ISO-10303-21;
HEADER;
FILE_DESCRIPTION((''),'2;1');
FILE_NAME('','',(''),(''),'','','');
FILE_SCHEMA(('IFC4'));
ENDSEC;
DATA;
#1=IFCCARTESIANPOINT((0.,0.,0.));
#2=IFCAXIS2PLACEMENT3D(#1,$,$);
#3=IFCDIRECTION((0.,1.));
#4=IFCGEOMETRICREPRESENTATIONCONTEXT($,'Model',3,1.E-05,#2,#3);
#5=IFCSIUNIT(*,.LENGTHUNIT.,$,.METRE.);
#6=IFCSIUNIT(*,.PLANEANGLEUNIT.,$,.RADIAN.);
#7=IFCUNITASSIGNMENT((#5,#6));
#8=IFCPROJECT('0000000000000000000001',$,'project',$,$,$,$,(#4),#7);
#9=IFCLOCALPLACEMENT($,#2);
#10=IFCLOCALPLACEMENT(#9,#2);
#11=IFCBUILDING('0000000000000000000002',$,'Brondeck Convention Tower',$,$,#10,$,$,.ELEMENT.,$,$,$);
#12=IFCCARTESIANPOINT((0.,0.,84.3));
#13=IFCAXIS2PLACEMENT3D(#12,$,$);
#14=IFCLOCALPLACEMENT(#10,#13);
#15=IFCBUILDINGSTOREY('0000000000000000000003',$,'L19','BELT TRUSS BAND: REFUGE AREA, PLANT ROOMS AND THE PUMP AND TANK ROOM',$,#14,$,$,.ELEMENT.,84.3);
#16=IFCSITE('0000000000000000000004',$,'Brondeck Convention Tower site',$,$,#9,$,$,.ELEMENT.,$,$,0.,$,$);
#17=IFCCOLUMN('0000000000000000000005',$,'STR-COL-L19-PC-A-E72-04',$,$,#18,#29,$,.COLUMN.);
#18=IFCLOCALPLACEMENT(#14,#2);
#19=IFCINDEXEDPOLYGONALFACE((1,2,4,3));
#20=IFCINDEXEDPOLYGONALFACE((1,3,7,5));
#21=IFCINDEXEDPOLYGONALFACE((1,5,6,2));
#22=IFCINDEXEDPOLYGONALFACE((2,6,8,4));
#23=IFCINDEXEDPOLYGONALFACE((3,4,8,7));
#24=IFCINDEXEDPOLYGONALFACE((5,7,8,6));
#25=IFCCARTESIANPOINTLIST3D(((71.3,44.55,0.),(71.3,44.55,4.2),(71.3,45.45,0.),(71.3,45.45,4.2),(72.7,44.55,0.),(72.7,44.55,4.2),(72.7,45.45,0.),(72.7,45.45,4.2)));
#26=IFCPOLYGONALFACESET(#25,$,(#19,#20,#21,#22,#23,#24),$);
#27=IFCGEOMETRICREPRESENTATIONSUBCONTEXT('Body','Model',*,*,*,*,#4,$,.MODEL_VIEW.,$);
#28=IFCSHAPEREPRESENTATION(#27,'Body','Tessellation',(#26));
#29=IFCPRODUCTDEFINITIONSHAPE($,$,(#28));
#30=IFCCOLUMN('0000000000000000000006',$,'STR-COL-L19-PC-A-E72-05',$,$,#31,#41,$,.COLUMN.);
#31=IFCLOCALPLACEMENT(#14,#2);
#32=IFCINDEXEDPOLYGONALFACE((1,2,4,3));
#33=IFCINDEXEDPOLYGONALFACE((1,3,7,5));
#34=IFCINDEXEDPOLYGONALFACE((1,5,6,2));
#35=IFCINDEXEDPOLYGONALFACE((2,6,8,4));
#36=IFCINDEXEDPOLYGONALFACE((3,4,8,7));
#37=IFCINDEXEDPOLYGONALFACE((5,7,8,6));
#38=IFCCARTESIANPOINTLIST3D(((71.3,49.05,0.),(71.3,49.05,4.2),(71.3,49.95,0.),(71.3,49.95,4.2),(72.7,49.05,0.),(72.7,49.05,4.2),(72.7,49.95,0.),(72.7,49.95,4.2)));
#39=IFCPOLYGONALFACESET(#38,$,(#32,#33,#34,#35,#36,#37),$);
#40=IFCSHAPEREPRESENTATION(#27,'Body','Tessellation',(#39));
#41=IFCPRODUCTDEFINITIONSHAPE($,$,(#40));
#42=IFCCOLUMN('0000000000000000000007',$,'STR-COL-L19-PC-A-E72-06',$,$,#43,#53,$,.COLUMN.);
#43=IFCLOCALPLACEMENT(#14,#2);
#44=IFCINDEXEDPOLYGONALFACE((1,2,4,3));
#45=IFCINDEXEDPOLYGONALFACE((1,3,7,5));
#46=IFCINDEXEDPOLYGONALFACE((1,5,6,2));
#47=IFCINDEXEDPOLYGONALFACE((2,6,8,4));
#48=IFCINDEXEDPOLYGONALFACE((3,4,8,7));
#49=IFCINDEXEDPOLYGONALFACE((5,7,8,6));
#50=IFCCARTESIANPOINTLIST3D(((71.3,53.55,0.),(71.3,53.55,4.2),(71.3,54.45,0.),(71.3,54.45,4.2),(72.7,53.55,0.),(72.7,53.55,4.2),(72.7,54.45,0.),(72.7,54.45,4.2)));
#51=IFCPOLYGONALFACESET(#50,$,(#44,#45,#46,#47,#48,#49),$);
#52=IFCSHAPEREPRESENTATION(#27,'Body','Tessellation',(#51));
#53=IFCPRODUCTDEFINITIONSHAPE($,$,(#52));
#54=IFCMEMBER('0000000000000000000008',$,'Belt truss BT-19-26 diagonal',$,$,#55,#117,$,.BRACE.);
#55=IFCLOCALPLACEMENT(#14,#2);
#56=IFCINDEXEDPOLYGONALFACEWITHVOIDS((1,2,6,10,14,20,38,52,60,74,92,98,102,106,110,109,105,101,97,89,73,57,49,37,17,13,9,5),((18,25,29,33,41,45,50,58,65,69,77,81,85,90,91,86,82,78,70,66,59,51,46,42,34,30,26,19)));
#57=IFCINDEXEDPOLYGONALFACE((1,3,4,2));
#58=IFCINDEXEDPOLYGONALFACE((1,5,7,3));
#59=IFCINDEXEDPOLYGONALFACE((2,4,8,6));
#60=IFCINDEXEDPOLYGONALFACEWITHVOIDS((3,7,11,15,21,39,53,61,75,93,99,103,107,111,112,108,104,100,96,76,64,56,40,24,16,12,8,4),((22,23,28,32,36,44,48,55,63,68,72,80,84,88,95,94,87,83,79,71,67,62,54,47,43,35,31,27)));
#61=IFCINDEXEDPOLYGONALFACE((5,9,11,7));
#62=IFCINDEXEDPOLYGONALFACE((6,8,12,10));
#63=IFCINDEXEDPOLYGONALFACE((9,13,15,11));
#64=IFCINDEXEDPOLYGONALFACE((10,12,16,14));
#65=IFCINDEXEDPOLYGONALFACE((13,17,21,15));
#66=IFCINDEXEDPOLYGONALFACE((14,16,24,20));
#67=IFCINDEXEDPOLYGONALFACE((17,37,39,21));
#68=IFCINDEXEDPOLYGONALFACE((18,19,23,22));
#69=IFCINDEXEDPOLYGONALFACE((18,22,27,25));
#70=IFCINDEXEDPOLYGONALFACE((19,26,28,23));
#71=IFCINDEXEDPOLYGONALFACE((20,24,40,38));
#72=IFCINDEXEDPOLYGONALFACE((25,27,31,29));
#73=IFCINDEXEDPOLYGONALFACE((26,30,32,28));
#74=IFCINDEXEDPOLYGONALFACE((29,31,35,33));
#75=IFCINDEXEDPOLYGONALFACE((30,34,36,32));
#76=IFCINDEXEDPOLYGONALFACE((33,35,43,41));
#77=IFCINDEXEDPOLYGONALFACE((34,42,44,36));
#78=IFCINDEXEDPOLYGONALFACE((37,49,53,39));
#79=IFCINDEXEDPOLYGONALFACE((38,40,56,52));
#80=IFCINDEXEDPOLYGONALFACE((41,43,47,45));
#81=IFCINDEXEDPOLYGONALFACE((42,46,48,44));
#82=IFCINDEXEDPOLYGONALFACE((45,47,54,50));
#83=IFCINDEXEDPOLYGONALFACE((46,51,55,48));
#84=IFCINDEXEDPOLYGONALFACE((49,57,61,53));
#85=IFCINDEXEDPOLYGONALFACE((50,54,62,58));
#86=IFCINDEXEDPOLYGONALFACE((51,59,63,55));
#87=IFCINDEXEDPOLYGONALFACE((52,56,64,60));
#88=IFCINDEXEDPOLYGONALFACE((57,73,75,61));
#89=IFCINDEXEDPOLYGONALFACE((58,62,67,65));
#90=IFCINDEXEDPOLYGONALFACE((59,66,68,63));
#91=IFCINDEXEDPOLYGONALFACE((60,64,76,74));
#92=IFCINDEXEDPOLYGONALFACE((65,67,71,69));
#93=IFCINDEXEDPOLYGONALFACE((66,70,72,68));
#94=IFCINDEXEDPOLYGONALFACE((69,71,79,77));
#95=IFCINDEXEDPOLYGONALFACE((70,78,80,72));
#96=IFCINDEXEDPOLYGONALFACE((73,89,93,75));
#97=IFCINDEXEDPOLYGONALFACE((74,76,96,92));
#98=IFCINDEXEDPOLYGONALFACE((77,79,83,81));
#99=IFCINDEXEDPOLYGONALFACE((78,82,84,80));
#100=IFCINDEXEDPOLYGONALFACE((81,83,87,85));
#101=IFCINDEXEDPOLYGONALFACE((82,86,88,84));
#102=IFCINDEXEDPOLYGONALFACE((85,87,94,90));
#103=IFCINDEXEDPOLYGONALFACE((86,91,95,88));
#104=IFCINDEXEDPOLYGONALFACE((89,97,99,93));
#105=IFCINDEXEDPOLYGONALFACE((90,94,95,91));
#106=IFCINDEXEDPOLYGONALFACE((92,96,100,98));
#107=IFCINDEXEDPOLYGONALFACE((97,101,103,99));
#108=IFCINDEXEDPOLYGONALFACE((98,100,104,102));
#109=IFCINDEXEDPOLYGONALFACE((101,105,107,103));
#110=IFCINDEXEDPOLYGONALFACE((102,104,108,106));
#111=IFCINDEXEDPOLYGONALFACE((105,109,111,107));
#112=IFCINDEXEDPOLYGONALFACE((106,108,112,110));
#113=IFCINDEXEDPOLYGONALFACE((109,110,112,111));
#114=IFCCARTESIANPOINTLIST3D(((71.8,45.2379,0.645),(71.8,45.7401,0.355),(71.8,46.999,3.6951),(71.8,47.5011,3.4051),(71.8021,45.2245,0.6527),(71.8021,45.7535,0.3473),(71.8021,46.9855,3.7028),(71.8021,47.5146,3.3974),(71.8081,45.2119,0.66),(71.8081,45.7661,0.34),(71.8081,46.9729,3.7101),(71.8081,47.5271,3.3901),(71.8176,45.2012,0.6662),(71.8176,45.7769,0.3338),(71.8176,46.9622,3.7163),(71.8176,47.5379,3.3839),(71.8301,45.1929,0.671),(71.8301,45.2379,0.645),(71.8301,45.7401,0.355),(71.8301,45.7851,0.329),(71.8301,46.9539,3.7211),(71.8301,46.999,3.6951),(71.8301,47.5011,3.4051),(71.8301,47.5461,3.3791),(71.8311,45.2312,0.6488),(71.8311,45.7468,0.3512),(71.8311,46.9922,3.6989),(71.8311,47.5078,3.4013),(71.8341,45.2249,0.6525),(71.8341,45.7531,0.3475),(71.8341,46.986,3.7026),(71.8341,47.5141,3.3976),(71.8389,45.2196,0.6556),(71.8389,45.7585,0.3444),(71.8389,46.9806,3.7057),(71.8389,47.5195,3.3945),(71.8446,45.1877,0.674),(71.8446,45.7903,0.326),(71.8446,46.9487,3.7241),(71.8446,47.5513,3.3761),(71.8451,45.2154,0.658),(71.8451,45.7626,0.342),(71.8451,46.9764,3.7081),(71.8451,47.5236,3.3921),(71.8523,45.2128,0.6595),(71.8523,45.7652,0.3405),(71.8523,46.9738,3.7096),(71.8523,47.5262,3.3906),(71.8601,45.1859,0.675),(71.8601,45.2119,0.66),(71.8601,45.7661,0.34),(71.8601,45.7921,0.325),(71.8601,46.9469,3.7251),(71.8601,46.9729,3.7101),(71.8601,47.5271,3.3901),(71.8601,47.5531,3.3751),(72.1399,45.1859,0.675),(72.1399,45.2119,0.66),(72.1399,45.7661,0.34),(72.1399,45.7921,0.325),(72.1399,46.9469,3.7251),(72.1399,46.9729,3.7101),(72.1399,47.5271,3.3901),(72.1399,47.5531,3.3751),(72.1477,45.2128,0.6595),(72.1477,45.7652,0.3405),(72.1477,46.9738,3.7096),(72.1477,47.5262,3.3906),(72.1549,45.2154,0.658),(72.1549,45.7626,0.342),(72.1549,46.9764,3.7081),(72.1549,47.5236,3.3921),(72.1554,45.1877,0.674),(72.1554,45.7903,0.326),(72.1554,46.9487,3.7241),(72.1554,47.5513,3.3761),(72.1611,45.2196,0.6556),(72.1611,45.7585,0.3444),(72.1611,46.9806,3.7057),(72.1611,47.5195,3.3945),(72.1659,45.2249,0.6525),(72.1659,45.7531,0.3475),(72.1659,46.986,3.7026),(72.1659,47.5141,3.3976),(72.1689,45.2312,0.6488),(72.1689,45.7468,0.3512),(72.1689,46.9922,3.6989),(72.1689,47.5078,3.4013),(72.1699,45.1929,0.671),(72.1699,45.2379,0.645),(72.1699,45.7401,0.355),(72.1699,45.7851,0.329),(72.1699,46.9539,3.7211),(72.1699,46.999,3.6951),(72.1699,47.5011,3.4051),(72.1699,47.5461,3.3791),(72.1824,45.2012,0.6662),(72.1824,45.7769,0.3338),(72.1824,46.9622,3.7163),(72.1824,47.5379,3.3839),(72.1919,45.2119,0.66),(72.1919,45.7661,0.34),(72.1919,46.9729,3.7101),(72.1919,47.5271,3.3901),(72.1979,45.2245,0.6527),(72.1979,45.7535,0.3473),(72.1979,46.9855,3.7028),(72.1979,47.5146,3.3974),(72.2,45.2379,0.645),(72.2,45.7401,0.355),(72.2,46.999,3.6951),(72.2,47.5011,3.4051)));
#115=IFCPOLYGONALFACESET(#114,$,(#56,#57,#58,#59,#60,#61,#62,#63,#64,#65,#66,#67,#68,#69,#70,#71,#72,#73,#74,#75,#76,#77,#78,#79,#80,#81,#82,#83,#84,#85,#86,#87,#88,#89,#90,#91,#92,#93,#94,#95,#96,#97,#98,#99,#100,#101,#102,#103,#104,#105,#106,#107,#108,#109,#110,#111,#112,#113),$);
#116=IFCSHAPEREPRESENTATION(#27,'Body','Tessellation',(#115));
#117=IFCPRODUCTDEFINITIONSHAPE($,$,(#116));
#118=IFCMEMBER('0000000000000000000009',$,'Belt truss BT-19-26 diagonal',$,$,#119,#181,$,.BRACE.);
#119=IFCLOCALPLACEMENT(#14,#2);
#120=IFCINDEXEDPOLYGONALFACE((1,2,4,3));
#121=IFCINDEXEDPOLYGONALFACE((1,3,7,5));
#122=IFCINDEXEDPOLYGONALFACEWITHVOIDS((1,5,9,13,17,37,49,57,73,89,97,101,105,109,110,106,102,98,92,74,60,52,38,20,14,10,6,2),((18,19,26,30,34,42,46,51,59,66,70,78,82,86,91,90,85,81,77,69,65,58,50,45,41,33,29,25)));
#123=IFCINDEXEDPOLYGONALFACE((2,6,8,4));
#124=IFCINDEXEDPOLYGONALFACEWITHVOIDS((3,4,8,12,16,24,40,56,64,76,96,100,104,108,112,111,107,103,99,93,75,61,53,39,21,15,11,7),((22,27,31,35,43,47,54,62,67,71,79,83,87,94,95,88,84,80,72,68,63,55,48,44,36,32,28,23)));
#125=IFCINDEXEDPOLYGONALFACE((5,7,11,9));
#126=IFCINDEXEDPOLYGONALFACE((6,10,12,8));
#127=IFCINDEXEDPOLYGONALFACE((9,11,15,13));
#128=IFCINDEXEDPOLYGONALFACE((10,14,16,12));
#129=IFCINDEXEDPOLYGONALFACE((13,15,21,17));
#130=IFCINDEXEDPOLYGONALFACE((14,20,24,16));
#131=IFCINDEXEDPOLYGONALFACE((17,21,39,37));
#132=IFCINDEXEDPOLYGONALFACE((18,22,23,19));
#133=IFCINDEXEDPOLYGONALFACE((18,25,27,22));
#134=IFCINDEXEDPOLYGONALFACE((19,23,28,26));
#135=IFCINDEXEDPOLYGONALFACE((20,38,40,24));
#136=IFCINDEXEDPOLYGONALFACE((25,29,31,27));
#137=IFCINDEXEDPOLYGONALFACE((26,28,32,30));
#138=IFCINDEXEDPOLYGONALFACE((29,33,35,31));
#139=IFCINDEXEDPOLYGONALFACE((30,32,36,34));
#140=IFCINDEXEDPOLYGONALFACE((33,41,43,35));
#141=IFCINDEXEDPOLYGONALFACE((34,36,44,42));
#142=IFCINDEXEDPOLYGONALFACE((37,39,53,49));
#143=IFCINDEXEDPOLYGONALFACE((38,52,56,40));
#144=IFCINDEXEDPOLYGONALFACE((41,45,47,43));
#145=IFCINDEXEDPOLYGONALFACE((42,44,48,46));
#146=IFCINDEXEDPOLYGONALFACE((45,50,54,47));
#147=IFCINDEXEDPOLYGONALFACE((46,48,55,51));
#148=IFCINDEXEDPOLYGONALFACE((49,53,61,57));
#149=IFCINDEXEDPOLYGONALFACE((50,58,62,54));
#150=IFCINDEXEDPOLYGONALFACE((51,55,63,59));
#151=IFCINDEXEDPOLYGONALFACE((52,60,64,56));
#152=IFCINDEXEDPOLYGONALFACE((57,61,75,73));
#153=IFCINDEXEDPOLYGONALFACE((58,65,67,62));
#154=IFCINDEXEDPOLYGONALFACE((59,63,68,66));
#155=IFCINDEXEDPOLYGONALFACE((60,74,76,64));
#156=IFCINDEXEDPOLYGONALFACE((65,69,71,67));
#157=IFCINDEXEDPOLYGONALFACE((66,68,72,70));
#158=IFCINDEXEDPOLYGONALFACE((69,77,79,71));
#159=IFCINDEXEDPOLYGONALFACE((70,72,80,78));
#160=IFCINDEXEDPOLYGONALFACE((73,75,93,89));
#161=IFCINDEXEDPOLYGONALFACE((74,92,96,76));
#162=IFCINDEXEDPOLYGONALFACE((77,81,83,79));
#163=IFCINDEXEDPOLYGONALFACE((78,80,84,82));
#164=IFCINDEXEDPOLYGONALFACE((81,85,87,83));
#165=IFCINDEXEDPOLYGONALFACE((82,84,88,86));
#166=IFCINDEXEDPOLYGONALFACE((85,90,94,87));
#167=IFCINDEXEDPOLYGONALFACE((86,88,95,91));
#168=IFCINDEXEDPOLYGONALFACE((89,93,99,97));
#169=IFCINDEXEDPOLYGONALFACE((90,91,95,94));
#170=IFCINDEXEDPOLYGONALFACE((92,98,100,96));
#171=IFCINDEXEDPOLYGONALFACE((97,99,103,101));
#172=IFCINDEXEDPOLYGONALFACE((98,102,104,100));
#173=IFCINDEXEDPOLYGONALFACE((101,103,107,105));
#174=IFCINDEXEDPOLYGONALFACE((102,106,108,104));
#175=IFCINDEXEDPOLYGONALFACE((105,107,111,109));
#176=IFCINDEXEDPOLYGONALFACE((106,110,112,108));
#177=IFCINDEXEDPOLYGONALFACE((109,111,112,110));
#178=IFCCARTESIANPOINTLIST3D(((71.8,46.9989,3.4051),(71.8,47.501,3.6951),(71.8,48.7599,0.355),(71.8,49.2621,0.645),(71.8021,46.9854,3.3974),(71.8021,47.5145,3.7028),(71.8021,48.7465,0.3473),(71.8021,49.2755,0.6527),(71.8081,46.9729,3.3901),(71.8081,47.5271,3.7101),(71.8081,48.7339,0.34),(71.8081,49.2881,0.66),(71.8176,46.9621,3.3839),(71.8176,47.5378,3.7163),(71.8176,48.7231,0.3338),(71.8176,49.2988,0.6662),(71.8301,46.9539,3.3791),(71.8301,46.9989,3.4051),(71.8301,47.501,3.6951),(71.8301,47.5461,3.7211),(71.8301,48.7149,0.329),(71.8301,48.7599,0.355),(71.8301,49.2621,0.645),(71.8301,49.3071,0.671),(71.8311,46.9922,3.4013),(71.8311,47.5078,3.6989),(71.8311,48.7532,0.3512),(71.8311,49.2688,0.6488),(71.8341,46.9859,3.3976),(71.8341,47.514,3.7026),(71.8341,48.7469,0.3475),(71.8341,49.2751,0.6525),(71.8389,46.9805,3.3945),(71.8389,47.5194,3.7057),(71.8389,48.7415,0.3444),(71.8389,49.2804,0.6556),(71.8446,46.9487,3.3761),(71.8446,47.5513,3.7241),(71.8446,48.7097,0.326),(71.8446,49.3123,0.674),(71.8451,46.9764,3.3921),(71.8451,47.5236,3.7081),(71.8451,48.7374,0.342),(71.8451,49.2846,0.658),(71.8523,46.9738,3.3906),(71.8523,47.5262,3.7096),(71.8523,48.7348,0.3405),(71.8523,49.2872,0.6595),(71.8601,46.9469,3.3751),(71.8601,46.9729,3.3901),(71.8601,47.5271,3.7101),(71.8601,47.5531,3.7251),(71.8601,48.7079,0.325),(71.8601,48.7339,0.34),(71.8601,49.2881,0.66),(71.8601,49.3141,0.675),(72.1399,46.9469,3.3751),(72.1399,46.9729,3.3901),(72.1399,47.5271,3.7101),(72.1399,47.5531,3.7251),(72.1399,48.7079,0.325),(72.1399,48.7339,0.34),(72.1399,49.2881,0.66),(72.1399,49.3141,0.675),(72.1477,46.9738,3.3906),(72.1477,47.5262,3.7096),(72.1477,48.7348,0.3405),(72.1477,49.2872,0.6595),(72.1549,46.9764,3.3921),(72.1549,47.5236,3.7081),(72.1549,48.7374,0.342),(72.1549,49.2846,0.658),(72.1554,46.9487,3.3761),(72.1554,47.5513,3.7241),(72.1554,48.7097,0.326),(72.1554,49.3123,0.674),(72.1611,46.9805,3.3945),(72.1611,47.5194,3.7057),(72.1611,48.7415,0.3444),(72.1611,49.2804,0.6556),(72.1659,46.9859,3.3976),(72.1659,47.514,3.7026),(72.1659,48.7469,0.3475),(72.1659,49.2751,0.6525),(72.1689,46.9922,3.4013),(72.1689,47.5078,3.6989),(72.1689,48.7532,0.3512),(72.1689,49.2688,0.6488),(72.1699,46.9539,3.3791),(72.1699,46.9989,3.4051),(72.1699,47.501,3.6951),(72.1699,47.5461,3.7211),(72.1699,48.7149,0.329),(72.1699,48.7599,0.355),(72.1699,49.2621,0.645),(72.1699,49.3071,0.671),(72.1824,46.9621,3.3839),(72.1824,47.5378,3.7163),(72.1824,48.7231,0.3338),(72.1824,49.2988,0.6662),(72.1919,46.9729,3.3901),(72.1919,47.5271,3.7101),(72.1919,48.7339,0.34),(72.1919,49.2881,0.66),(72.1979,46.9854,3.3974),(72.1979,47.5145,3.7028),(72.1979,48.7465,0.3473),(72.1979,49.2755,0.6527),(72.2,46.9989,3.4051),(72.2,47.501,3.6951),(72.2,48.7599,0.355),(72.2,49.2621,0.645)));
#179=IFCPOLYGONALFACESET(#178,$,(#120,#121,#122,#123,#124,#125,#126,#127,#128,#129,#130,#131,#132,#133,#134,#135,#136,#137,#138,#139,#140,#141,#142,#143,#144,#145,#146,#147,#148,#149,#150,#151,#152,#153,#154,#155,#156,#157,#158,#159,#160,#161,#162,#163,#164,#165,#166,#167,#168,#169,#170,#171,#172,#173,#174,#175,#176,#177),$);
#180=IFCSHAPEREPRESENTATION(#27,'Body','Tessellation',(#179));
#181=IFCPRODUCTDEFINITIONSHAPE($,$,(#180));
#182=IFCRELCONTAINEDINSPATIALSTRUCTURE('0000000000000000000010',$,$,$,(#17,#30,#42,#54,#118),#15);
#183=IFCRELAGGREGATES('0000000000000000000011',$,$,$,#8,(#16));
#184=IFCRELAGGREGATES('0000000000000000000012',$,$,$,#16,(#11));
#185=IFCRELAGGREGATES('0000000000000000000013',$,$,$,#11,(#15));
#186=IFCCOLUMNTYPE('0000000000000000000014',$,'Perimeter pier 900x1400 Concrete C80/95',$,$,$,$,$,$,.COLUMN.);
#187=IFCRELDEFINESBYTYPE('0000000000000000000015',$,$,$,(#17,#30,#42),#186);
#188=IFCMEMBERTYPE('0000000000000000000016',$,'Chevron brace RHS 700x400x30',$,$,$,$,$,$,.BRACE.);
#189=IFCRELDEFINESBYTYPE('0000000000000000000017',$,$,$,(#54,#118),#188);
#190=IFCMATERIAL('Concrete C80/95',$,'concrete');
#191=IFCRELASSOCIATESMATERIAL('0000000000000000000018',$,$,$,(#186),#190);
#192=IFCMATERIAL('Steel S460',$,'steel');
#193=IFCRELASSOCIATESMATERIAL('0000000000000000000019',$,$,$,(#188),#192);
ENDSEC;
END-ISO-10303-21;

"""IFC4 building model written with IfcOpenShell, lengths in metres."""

from ifc_helpers import new_model, si_unit, direction, frame, origin, origin_2d, place, context, subcontext, project, spatial, rectangle, hollow_rectangle, extrude, material, material_profile, profile_set, type_object, element, save


model = new_model("IFC4")

# Units and contexts
model_context = context("Model", 3, precision=1e-05, world=origin(), true_north=direction((0.0, 1.0)))
body_context = subcontext(model_context, "Body", "Model", "MODEL_VIEW")
ifc_project = project(units=[si_unit("LENGTHUNIT", "METRE"), si_unit("PLANEANGLEUNIT", "RADIAN")], contexts=[model_context])

# Site, building, storey
site_placement = place(None, origin())
site = spatial("IfcSite", under=ifc_project, at=site_placement, Name="Brondeck Convention Tower site", CompositionType="ELEMENT", RefElevation=0.0)
building_placement = place(site_placement, origin())
building = spatial("IfcBuilding", under=site, at=building_placement, Name="Brondeck Convention Tower", CompositionType="ELEMENT")
storey_placement = place(building_placement, frame((0.0, 0.0, 84.3)))
storey = spatial("IfcBuildingStorey", under=building, at=storey_placement, Name="L19", Description="BELT TRUSS BAND: REFUGE AREA, PLANT ROOMS AND THE PUMP AND TANK ROOM", CompositionType="ELEMENT", Elevation=84.3)

# Columns
ifc_material_1 = material(Name="Concrete C80/95", Category="concrete")
ifc_material_profile_1 = material_profile(ifc_material_1, rectangle(XDim=0.8999, YDim=1.3999, at=origin_2d()), Name="Perimeter pier 900x1400 Concrete C80/95")
ifc_profile_set_1 = profile_set([ifc_material_profile_1], Name="Concrete C80/95")
column_type = type_object("IfcColumnType", Name="Perimeter pier 900x1400 Concrete C80/95", PredefinedType="COLUMN", material=ifc_profile_set_1)
for number, where, z_axis, x_axis, name in (
    (1, (72.0, 45.0, 0.0), (0.0, 0.0, 1.0), (0.0, 1.0, 0.0), "STR-COL-L19-PC-A-E72-04"),
    (2, (72.0, 49.5, 0.0), (0.0, 0.0, 1.0), (0.0, 1.0, 0.0), "STR-COL-L19-PC-A-E72-05"),
    (3, (72.0, 54.0, 0.0), (0.0, 0.0, 1.0), (0.0, 1.0, 0.0), "STR-COL-L19-PC-A-E72-06"),
):
    element("IfcColumn", number, at=place(storey_placement, frame(where, z_axis=z_axis, x_axis=x_axis)), inside=storey, type_object=column_type, Name=name, PredefinedType="COLUMN", context=body_context, shape_type="SweptSolid", body=[
        extrude(rectangle(XDim=0.8999, YDim=1.3999, at=origin_2d()), origin(), (0.0, 0.0, 1.0), 4.2),
    ])

# Members
ifc_material_2 = material(Name="Steel S460", Category="steel")
ifc_material_profile_2 = material_profile(ifc_material_2, hollow_rectangle(XDim=0.3999, YDim=0.7, WallThickness=0.03, InnerFilletRadius=0.03, OuterFilletRadius=0.0601, at=origin_2d()), Name="RHS 700x400x30")
ifc_profile_set_2 = profile_set([ifc_material_profile_2], Name="Steel S460")
member_type_1 = type_object("IfcMemberType", Name="Chevron brace RHS 700x400x30", PredefinedType="BRACE", material=ifc_profile_set_2)
for number, where, z_axis, x_axis, name in (
    (4, (72.0, 45.489, 0.5), (0.0, 0.500008, 0.866021), (-1.0, 0.0, 0.0), "Belt truss BT-19-26 diagonal"),
    (5, (72.0, 49.011, 0.5), (0.0, -0.500008, 0.866021), (1.0, 0.0, 0.0), "Belt truss BT-19-26 diagonal"),
):
    element("IfcMember", number, at=place(storey_placement, frame(where, z_axis=z_axis, x_axis=x_axis)), inside=storey, type_object=member_type_1, Name=name, PredefinedType="BRACE", context=body_context, shape_type="SweptSolid", body=[
        extrude(hollow_rectangle(XDim=0.3999, YDim=0.7, WallThickness=0.03, InnerFilletRadius=0.03, OuterFilletRadius=0.0601, at=origin_2d()), origin(), (0.0, 0.0, 1.0), 3.522),
    ])

save(model, "model.ifc")
